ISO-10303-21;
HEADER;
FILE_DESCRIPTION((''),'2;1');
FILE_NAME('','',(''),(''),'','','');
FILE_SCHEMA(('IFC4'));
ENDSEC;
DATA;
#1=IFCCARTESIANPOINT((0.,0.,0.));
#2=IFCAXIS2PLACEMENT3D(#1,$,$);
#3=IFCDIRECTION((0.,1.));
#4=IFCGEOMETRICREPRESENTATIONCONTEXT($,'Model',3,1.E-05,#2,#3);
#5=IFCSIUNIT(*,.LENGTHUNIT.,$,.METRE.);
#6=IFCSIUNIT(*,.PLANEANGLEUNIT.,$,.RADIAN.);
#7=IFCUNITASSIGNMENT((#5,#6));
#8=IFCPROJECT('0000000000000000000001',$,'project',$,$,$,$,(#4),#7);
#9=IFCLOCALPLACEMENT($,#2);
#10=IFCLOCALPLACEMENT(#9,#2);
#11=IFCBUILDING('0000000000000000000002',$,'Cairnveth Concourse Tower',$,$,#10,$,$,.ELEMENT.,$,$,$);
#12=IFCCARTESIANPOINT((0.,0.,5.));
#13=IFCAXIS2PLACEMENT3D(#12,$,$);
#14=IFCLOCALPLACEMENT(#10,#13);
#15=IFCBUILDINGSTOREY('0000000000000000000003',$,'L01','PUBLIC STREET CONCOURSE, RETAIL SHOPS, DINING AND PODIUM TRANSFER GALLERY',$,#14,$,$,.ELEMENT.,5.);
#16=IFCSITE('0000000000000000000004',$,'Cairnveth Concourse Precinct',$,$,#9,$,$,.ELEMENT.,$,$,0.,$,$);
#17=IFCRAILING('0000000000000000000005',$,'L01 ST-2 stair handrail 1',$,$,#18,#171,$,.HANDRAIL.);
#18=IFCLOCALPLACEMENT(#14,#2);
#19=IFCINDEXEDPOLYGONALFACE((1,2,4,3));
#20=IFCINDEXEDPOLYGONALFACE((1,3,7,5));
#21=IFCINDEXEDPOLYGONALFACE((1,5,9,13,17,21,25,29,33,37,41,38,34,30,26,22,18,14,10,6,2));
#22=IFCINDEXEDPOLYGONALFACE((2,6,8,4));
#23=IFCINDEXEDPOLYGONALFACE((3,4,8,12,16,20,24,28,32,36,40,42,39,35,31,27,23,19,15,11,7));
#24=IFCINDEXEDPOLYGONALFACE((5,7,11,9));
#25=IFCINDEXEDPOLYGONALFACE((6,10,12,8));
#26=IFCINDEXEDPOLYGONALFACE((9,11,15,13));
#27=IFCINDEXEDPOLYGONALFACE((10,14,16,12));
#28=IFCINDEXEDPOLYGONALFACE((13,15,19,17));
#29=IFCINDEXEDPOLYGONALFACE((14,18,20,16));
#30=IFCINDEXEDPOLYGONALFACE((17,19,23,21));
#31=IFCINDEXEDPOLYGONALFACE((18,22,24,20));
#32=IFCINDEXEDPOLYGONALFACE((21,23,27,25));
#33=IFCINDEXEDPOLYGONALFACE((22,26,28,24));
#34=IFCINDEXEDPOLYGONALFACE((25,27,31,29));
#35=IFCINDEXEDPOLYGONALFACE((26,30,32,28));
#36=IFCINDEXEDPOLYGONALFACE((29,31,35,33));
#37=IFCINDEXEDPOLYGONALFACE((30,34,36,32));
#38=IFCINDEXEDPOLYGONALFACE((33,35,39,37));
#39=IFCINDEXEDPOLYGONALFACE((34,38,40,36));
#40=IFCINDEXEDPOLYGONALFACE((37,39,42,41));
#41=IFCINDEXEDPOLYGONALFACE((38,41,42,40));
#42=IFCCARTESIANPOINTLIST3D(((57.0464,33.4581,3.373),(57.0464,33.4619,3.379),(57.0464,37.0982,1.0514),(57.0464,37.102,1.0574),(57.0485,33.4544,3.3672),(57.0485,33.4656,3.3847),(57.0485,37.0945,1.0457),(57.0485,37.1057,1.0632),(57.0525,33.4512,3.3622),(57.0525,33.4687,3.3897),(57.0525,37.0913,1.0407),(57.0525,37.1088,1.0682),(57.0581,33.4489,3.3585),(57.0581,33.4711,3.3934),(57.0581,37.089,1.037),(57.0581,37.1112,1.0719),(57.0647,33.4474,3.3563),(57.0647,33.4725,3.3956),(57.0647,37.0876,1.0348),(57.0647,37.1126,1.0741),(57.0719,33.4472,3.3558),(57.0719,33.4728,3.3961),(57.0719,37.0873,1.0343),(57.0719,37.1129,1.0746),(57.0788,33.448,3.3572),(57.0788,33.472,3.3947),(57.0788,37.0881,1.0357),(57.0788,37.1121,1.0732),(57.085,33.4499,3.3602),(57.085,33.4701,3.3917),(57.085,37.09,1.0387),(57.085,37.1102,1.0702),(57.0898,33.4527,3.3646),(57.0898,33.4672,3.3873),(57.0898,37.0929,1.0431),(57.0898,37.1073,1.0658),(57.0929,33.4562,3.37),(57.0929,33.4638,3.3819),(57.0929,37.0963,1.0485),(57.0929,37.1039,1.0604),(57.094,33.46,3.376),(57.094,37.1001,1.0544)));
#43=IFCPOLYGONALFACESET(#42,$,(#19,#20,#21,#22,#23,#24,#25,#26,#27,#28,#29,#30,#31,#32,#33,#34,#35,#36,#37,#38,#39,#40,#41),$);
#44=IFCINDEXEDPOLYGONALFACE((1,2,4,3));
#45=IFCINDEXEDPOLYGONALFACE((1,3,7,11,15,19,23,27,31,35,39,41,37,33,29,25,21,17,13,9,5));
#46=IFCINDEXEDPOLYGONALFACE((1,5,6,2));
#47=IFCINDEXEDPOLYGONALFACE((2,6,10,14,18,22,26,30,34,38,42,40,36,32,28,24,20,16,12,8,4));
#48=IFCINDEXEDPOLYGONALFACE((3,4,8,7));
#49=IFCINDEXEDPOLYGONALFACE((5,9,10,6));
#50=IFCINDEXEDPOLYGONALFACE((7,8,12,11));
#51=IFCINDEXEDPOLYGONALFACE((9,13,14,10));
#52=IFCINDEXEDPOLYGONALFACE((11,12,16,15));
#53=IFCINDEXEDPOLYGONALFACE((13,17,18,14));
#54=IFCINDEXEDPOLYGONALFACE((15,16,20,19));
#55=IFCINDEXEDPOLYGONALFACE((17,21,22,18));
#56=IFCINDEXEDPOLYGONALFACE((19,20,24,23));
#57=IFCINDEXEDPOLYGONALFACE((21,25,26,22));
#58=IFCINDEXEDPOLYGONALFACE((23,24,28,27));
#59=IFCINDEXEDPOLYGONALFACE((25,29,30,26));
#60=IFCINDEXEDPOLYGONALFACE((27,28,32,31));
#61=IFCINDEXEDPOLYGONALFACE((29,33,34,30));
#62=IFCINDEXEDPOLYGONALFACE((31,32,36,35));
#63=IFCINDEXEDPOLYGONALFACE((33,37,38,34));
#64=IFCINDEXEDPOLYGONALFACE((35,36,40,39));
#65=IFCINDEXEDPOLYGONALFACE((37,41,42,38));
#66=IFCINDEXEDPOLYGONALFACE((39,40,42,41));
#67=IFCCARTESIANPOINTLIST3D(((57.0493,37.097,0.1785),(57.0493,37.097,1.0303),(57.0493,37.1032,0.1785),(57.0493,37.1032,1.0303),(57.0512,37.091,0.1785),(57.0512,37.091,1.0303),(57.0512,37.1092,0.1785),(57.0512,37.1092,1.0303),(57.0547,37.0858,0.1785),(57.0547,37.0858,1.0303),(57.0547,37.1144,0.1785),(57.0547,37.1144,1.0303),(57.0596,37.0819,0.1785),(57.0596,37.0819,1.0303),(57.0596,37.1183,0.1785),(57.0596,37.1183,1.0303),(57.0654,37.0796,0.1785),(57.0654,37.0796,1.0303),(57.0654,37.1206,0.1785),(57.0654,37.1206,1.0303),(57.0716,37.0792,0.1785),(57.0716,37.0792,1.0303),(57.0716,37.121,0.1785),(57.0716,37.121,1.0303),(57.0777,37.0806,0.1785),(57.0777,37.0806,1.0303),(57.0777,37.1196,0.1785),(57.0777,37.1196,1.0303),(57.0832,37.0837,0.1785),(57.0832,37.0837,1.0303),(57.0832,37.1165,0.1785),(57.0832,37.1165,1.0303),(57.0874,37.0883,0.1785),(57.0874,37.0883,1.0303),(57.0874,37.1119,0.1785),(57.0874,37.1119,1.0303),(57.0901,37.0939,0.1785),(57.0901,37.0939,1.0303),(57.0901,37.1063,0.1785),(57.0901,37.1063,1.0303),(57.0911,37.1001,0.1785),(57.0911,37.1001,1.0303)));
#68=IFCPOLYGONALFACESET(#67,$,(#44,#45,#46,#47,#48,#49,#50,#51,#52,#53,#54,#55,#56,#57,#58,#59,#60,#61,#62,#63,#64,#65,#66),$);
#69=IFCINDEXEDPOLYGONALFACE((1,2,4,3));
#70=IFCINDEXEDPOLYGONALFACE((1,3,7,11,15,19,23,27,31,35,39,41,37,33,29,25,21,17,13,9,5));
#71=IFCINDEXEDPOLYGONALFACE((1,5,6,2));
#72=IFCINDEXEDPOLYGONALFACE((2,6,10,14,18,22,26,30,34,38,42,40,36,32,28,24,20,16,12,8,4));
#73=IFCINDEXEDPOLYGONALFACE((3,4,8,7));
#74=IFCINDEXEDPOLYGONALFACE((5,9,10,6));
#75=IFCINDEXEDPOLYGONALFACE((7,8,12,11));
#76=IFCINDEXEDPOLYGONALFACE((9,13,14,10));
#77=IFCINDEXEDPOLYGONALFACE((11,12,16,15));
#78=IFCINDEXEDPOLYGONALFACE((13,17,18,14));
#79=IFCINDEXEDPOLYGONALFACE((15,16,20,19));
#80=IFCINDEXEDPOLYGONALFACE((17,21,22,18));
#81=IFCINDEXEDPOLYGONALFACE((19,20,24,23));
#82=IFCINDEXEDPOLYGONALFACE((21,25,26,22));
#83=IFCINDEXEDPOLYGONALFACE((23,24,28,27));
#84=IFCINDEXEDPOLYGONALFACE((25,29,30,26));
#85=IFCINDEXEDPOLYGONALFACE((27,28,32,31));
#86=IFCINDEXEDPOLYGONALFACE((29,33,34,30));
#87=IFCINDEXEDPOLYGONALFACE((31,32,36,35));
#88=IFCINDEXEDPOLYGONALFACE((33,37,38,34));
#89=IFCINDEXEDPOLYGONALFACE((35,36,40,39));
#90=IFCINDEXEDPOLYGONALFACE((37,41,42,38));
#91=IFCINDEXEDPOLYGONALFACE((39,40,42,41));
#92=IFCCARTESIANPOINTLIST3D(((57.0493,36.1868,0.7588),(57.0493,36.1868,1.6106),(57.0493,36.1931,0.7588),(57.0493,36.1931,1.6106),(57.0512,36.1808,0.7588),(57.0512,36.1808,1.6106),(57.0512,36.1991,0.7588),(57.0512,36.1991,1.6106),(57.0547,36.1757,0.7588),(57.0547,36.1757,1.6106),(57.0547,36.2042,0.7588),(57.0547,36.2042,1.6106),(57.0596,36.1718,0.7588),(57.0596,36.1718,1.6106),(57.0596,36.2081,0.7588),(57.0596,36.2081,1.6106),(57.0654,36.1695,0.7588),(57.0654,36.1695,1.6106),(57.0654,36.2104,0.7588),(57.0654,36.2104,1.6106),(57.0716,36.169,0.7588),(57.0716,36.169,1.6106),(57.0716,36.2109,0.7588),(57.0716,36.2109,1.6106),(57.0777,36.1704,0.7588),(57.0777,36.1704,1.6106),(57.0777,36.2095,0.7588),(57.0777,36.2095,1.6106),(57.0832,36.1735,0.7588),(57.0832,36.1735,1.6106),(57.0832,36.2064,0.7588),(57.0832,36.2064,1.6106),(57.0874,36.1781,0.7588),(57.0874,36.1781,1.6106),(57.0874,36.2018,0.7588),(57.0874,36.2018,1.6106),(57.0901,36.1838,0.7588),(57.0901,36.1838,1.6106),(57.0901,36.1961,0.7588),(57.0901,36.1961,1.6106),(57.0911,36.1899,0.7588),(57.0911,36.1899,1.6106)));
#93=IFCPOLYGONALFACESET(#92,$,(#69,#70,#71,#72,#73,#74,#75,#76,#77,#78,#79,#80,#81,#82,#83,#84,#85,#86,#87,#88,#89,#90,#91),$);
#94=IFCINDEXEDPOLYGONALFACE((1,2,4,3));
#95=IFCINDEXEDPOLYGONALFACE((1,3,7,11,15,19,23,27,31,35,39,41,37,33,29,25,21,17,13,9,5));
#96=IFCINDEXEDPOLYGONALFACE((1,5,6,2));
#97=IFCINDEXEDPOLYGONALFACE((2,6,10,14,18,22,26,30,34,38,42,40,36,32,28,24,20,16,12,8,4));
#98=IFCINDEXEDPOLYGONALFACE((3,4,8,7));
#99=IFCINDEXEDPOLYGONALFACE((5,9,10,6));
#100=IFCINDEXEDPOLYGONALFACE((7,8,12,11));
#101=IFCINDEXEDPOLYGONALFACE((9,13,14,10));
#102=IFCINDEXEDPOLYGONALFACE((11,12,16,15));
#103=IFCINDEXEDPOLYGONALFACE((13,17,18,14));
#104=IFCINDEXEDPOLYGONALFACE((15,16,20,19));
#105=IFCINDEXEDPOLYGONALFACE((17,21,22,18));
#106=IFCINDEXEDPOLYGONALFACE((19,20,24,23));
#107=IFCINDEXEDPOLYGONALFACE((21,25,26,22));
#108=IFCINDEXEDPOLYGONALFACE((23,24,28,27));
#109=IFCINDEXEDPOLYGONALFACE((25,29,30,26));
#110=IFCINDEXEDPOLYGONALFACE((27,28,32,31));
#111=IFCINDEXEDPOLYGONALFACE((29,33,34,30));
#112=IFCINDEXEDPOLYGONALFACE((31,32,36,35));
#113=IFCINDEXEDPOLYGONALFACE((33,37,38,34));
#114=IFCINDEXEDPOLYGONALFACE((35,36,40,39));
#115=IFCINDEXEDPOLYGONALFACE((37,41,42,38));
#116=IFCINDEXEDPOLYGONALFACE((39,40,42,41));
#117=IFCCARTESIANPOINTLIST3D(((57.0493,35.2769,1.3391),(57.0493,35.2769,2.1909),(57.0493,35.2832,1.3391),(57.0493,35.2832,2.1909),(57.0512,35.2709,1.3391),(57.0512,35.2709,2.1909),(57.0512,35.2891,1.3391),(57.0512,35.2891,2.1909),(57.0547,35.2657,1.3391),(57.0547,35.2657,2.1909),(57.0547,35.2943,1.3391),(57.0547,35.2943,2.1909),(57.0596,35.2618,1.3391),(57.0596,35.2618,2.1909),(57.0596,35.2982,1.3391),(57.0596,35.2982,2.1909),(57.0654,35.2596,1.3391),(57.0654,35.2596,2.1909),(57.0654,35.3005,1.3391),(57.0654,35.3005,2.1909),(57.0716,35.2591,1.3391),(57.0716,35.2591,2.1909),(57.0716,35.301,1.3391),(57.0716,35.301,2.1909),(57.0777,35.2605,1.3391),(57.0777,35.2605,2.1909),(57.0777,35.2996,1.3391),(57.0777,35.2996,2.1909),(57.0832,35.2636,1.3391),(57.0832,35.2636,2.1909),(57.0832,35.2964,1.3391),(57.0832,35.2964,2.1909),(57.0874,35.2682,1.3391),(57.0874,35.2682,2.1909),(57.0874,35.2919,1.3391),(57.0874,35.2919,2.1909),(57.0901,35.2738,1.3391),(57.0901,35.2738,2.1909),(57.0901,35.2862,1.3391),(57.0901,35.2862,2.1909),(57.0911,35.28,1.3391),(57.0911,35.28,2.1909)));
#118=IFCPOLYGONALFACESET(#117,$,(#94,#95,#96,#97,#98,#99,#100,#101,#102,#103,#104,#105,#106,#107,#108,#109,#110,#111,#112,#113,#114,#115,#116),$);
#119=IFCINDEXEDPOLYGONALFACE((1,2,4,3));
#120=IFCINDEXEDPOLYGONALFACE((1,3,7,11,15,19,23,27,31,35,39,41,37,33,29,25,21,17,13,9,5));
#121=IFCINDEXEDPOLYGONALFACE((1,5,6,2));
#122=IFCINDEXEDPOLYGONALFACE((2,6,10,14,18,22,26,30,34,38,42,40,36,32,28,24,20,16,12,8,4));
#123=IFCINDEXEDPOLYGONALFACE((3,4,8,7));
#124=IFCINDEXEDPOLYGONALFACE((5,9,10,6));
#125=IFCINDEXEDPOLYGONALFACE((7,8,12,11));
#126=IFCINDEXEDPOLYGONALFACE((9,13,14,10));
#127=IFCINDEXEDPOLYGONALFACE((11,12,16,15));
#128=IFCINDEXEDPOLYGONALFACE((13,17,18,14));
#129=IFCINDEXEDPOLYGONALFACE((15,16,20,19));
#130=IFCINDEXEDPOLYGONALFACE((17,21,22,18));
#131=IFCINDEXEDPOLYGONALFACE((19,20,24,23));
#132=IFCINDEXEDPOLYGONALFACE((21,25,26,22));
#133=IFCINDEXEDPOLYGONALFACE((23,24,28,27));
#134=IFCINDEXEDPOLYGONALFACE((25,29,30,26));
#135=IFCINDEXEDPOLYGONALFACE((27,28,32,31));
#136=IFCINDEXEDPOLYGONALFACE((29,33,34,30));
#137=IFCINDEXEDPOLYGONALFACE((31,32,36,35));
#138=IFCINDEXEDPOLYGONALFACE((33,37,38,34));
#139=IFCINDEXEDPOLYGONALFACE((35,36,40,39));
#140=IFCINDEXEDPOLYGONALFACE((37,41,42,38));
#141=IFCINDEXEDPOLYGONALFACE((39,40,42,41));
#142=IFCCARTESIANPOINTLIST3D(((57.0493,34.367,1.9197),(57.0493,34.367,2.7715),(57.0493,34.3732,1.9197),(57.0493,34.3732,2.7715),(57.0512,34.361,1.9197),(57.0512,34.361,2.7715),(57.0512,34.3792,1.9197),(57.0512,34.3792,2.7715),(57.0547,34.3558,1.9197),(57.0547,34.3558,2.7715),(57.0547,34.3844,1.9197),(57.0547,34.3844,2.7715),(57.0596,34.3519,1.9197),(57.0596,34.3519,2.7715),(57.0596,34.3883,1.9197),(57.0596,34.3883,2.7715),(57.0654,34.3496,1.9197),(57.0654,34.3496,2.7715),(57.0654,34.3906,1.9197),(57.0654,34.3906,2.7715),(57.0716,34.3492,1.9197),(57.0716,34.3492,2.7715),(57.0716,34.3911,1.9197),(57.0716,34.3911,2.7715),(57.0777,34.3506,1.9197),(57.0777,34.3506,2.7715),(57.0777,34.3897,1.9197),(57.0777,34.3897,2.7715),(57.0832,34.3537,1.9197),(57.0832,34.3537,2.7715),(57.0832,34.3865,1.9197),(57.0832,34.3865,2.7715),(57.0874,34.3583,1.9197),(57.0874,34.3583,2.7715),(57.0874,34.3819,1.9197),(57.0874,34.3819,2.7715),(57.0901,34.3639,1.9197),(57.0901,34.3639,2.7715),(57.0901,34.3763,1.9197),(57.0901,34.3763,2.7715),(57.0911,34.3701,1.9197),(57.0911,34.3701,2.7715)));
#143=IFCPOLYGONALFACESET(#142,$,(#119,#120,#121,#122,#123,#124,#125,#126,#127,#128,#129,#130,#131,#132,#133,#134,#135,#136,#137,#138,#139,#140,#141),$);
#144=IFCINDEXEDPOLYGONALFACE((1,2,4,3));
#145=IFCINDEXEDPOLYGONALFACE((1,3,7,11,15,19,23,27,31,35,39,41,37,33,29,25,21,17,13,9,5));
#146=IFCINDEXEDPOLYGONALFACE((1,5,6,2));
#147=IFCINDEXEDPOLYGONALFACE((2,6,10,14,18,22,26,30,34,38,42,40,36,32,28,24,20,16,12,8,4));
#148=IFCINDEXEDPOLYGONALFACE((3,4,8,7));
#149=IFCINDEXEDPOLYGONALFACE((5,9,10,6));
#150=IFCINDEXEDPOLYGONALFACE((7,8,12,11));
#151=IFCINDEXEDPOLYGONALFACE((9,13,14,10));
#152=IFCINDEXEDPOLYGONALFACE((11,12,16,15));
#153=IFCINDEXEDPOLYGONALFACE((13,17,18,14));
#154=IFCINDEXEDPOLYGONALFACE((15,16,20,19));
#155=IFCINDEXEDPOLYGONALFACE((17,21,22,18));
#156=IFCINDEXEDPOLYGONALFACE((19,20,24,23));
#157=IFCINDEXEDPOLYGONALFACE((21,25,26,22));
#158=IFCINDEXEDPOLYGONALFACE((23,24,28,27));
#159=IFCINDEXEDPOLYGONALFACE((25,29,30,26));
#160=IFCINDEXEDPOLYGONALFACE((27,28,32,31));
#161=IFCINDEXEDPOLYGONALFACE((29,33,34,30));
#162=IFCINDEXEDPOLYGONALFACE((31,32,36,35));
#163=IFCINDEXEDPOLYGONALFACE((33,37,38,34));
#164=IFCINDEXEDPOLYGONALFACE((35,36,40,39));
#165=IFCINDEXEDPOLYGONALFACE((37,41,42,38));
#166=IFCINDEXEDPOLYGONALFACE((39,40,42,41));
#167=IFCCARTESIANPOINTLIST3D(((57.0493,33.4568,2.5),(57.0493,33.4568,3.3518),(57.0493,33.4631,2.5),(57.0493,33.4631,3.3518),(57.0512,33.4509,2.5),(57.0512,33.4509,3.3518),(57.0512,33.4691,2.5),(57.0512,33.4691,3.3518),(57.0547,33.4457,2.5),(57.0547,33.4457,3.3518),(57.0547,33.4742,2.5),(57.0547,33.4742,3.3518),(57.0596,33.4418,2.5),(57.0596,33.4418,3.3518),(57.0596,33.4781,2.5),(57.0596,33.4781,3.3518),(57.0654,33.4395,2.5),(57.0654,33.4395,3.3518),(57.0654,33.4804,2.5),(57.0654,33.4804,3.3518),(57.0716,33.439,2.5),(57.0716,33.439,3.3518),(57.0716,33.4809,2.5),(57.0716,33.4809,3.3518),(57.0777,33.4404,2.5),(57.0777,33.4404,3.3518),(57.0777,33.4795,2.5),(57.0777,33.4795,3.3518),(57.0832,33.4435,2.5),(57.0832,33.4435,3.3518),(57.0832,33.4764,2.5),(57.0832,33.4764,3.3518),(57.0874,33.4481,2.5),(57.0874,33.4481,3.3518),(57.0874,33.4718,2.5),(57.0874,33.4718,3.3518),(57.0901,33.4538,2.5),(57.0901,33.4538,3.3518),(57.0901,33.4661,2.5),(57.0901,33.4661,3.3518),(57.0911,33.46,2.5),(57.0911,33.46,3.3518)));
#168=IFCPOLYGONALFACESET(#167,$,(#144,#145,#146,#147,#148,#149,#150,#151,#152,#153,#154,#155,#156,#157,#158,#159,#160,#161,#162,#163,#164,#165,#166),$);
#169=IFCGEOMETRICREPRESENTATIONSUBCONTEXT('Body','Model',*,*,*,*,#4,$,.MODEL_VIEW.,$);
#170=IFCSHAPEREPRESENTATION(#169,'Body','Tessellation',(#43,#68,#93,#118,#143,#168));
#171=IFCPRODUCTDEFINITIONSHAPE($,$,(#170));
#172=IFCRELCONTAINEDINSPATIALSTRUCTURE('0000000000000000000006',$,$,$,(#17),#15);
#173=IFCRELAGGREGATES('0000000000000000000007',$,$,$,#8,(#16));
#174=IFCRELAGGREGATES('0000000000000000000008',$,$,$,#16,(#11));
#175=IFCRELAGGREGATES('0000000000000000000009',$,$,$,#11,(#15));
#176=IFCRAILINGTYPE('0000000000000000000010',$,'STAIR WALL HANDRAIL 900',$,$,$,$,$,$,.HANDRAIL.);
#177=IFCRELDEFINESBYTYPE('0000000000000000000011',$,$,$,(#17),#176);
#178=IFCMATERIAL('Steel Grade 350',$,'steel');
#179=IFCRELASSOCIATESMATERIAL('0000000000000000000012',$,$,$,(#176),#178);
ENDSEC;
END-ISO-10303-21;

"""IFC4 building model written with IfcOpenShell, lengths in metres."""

from ifc_helpers import new_model, si_unit, direction, frame, origin, origin_2d, place, context, subcontext, project, spatial, circle, extrude, material, type_object, element, save


model = new_model("IFC4")

# Units and contexts
model_context = context("Model", 3, precision=1e-05, world=origin(), true_north=direction((0.0, 1.0)))
body_context = subcontext(model_context, "Body", "Model", "MODEL_VIEW")
ifc_project = project(units=[si_unit("LENGTHUNIT", "METRE"), si_unit("PLANEANGLEUNIT", "RADIAN")], contexts=[model_context])

# Site, building, storey
site_placement = place(None, origin())
site = spatial("IfcSite", under=ifc_project, at=site_placement, Name="Cairnveth Concourse Precinct", CompositionType="ELEMENT", RefElevation=0.0)
building_placement = place(site_placement, origin())
building = spatial("IfcBuilding", under=site, at=building_placement, Name="Cairnveth Concourse Tower", CompositionType="ELEMENT")
storey_placement = place(building_placement, frame((0.0, 0.0, 5.0)))
storey = spatial("IfcBuildingStorey", under=building, at=storey_placement, Name="L01", Description="PUBLIC STREET CONCOURSE, RETAIL SHOPS, DINING AND PODIUM TRANSFER GALLERY", CompositionType="ELEMENT", Elevation=5.0)

# Shared definitions
ifc_material_1 = material(Name="Steel Grade 350", Category="steel")

# Railing
railing_type_1 = type_object("IfcRailingType", Name="STAIR WALL HANDRAIL 900", PredefinedType="HANDRAIL", material=ifc_material_1)
railing_1_placement = place(storey_placement, frame((57.0701, 37.1001, 0.1785)))
element("IfcRailing", 1, at=railing_1_placement, inside=storey, type_object=railing_type_1, Name="L01 ST-2 stair handrail 1", PredefinedType="HANDRAIL", context=body_context, shape_type="SweptSolid", body=[
    extrude(circle(Radius=0.0239, at=origin_2d()), frame((0.0, 0.0, 0.876), z_axis=(0.0, -0.843128, 0.537713), x_axis=(1.0, 0.0, 0.0)), (0.0, 0.0, 1.0), 4.3174),
    extrude(circle(Radius=0.021, at=origin_2d()), origin(), (0.0, 0.0, 1.0), 0.8518),
    extrude(circle(Radius=0.021, at=origin_2d()), frame((0.0, -0.9102, 0.5803)), (0.0, 0.0, 1.0), 0.8518),
    extrude(circle(Radius=0.021, at=origin_2d()), frame((0.0, -1.8201, 1.1606)), (0.0, 0.0, 1.0), 0.8518),
    extrude(circle(Radius=0.021, at=origin_2d()), frame((0.0, -2.73, 1.7412)), (0.0, 0.0, 1.0), 0.8518),
    extrude(circle(Radius=0.021, at=origin_2d()), frame((0.0, -3.6401, 2.3215)), (0.0, 0.0, 1.0), 0.8518),
])

save(model, "model.ifc")
